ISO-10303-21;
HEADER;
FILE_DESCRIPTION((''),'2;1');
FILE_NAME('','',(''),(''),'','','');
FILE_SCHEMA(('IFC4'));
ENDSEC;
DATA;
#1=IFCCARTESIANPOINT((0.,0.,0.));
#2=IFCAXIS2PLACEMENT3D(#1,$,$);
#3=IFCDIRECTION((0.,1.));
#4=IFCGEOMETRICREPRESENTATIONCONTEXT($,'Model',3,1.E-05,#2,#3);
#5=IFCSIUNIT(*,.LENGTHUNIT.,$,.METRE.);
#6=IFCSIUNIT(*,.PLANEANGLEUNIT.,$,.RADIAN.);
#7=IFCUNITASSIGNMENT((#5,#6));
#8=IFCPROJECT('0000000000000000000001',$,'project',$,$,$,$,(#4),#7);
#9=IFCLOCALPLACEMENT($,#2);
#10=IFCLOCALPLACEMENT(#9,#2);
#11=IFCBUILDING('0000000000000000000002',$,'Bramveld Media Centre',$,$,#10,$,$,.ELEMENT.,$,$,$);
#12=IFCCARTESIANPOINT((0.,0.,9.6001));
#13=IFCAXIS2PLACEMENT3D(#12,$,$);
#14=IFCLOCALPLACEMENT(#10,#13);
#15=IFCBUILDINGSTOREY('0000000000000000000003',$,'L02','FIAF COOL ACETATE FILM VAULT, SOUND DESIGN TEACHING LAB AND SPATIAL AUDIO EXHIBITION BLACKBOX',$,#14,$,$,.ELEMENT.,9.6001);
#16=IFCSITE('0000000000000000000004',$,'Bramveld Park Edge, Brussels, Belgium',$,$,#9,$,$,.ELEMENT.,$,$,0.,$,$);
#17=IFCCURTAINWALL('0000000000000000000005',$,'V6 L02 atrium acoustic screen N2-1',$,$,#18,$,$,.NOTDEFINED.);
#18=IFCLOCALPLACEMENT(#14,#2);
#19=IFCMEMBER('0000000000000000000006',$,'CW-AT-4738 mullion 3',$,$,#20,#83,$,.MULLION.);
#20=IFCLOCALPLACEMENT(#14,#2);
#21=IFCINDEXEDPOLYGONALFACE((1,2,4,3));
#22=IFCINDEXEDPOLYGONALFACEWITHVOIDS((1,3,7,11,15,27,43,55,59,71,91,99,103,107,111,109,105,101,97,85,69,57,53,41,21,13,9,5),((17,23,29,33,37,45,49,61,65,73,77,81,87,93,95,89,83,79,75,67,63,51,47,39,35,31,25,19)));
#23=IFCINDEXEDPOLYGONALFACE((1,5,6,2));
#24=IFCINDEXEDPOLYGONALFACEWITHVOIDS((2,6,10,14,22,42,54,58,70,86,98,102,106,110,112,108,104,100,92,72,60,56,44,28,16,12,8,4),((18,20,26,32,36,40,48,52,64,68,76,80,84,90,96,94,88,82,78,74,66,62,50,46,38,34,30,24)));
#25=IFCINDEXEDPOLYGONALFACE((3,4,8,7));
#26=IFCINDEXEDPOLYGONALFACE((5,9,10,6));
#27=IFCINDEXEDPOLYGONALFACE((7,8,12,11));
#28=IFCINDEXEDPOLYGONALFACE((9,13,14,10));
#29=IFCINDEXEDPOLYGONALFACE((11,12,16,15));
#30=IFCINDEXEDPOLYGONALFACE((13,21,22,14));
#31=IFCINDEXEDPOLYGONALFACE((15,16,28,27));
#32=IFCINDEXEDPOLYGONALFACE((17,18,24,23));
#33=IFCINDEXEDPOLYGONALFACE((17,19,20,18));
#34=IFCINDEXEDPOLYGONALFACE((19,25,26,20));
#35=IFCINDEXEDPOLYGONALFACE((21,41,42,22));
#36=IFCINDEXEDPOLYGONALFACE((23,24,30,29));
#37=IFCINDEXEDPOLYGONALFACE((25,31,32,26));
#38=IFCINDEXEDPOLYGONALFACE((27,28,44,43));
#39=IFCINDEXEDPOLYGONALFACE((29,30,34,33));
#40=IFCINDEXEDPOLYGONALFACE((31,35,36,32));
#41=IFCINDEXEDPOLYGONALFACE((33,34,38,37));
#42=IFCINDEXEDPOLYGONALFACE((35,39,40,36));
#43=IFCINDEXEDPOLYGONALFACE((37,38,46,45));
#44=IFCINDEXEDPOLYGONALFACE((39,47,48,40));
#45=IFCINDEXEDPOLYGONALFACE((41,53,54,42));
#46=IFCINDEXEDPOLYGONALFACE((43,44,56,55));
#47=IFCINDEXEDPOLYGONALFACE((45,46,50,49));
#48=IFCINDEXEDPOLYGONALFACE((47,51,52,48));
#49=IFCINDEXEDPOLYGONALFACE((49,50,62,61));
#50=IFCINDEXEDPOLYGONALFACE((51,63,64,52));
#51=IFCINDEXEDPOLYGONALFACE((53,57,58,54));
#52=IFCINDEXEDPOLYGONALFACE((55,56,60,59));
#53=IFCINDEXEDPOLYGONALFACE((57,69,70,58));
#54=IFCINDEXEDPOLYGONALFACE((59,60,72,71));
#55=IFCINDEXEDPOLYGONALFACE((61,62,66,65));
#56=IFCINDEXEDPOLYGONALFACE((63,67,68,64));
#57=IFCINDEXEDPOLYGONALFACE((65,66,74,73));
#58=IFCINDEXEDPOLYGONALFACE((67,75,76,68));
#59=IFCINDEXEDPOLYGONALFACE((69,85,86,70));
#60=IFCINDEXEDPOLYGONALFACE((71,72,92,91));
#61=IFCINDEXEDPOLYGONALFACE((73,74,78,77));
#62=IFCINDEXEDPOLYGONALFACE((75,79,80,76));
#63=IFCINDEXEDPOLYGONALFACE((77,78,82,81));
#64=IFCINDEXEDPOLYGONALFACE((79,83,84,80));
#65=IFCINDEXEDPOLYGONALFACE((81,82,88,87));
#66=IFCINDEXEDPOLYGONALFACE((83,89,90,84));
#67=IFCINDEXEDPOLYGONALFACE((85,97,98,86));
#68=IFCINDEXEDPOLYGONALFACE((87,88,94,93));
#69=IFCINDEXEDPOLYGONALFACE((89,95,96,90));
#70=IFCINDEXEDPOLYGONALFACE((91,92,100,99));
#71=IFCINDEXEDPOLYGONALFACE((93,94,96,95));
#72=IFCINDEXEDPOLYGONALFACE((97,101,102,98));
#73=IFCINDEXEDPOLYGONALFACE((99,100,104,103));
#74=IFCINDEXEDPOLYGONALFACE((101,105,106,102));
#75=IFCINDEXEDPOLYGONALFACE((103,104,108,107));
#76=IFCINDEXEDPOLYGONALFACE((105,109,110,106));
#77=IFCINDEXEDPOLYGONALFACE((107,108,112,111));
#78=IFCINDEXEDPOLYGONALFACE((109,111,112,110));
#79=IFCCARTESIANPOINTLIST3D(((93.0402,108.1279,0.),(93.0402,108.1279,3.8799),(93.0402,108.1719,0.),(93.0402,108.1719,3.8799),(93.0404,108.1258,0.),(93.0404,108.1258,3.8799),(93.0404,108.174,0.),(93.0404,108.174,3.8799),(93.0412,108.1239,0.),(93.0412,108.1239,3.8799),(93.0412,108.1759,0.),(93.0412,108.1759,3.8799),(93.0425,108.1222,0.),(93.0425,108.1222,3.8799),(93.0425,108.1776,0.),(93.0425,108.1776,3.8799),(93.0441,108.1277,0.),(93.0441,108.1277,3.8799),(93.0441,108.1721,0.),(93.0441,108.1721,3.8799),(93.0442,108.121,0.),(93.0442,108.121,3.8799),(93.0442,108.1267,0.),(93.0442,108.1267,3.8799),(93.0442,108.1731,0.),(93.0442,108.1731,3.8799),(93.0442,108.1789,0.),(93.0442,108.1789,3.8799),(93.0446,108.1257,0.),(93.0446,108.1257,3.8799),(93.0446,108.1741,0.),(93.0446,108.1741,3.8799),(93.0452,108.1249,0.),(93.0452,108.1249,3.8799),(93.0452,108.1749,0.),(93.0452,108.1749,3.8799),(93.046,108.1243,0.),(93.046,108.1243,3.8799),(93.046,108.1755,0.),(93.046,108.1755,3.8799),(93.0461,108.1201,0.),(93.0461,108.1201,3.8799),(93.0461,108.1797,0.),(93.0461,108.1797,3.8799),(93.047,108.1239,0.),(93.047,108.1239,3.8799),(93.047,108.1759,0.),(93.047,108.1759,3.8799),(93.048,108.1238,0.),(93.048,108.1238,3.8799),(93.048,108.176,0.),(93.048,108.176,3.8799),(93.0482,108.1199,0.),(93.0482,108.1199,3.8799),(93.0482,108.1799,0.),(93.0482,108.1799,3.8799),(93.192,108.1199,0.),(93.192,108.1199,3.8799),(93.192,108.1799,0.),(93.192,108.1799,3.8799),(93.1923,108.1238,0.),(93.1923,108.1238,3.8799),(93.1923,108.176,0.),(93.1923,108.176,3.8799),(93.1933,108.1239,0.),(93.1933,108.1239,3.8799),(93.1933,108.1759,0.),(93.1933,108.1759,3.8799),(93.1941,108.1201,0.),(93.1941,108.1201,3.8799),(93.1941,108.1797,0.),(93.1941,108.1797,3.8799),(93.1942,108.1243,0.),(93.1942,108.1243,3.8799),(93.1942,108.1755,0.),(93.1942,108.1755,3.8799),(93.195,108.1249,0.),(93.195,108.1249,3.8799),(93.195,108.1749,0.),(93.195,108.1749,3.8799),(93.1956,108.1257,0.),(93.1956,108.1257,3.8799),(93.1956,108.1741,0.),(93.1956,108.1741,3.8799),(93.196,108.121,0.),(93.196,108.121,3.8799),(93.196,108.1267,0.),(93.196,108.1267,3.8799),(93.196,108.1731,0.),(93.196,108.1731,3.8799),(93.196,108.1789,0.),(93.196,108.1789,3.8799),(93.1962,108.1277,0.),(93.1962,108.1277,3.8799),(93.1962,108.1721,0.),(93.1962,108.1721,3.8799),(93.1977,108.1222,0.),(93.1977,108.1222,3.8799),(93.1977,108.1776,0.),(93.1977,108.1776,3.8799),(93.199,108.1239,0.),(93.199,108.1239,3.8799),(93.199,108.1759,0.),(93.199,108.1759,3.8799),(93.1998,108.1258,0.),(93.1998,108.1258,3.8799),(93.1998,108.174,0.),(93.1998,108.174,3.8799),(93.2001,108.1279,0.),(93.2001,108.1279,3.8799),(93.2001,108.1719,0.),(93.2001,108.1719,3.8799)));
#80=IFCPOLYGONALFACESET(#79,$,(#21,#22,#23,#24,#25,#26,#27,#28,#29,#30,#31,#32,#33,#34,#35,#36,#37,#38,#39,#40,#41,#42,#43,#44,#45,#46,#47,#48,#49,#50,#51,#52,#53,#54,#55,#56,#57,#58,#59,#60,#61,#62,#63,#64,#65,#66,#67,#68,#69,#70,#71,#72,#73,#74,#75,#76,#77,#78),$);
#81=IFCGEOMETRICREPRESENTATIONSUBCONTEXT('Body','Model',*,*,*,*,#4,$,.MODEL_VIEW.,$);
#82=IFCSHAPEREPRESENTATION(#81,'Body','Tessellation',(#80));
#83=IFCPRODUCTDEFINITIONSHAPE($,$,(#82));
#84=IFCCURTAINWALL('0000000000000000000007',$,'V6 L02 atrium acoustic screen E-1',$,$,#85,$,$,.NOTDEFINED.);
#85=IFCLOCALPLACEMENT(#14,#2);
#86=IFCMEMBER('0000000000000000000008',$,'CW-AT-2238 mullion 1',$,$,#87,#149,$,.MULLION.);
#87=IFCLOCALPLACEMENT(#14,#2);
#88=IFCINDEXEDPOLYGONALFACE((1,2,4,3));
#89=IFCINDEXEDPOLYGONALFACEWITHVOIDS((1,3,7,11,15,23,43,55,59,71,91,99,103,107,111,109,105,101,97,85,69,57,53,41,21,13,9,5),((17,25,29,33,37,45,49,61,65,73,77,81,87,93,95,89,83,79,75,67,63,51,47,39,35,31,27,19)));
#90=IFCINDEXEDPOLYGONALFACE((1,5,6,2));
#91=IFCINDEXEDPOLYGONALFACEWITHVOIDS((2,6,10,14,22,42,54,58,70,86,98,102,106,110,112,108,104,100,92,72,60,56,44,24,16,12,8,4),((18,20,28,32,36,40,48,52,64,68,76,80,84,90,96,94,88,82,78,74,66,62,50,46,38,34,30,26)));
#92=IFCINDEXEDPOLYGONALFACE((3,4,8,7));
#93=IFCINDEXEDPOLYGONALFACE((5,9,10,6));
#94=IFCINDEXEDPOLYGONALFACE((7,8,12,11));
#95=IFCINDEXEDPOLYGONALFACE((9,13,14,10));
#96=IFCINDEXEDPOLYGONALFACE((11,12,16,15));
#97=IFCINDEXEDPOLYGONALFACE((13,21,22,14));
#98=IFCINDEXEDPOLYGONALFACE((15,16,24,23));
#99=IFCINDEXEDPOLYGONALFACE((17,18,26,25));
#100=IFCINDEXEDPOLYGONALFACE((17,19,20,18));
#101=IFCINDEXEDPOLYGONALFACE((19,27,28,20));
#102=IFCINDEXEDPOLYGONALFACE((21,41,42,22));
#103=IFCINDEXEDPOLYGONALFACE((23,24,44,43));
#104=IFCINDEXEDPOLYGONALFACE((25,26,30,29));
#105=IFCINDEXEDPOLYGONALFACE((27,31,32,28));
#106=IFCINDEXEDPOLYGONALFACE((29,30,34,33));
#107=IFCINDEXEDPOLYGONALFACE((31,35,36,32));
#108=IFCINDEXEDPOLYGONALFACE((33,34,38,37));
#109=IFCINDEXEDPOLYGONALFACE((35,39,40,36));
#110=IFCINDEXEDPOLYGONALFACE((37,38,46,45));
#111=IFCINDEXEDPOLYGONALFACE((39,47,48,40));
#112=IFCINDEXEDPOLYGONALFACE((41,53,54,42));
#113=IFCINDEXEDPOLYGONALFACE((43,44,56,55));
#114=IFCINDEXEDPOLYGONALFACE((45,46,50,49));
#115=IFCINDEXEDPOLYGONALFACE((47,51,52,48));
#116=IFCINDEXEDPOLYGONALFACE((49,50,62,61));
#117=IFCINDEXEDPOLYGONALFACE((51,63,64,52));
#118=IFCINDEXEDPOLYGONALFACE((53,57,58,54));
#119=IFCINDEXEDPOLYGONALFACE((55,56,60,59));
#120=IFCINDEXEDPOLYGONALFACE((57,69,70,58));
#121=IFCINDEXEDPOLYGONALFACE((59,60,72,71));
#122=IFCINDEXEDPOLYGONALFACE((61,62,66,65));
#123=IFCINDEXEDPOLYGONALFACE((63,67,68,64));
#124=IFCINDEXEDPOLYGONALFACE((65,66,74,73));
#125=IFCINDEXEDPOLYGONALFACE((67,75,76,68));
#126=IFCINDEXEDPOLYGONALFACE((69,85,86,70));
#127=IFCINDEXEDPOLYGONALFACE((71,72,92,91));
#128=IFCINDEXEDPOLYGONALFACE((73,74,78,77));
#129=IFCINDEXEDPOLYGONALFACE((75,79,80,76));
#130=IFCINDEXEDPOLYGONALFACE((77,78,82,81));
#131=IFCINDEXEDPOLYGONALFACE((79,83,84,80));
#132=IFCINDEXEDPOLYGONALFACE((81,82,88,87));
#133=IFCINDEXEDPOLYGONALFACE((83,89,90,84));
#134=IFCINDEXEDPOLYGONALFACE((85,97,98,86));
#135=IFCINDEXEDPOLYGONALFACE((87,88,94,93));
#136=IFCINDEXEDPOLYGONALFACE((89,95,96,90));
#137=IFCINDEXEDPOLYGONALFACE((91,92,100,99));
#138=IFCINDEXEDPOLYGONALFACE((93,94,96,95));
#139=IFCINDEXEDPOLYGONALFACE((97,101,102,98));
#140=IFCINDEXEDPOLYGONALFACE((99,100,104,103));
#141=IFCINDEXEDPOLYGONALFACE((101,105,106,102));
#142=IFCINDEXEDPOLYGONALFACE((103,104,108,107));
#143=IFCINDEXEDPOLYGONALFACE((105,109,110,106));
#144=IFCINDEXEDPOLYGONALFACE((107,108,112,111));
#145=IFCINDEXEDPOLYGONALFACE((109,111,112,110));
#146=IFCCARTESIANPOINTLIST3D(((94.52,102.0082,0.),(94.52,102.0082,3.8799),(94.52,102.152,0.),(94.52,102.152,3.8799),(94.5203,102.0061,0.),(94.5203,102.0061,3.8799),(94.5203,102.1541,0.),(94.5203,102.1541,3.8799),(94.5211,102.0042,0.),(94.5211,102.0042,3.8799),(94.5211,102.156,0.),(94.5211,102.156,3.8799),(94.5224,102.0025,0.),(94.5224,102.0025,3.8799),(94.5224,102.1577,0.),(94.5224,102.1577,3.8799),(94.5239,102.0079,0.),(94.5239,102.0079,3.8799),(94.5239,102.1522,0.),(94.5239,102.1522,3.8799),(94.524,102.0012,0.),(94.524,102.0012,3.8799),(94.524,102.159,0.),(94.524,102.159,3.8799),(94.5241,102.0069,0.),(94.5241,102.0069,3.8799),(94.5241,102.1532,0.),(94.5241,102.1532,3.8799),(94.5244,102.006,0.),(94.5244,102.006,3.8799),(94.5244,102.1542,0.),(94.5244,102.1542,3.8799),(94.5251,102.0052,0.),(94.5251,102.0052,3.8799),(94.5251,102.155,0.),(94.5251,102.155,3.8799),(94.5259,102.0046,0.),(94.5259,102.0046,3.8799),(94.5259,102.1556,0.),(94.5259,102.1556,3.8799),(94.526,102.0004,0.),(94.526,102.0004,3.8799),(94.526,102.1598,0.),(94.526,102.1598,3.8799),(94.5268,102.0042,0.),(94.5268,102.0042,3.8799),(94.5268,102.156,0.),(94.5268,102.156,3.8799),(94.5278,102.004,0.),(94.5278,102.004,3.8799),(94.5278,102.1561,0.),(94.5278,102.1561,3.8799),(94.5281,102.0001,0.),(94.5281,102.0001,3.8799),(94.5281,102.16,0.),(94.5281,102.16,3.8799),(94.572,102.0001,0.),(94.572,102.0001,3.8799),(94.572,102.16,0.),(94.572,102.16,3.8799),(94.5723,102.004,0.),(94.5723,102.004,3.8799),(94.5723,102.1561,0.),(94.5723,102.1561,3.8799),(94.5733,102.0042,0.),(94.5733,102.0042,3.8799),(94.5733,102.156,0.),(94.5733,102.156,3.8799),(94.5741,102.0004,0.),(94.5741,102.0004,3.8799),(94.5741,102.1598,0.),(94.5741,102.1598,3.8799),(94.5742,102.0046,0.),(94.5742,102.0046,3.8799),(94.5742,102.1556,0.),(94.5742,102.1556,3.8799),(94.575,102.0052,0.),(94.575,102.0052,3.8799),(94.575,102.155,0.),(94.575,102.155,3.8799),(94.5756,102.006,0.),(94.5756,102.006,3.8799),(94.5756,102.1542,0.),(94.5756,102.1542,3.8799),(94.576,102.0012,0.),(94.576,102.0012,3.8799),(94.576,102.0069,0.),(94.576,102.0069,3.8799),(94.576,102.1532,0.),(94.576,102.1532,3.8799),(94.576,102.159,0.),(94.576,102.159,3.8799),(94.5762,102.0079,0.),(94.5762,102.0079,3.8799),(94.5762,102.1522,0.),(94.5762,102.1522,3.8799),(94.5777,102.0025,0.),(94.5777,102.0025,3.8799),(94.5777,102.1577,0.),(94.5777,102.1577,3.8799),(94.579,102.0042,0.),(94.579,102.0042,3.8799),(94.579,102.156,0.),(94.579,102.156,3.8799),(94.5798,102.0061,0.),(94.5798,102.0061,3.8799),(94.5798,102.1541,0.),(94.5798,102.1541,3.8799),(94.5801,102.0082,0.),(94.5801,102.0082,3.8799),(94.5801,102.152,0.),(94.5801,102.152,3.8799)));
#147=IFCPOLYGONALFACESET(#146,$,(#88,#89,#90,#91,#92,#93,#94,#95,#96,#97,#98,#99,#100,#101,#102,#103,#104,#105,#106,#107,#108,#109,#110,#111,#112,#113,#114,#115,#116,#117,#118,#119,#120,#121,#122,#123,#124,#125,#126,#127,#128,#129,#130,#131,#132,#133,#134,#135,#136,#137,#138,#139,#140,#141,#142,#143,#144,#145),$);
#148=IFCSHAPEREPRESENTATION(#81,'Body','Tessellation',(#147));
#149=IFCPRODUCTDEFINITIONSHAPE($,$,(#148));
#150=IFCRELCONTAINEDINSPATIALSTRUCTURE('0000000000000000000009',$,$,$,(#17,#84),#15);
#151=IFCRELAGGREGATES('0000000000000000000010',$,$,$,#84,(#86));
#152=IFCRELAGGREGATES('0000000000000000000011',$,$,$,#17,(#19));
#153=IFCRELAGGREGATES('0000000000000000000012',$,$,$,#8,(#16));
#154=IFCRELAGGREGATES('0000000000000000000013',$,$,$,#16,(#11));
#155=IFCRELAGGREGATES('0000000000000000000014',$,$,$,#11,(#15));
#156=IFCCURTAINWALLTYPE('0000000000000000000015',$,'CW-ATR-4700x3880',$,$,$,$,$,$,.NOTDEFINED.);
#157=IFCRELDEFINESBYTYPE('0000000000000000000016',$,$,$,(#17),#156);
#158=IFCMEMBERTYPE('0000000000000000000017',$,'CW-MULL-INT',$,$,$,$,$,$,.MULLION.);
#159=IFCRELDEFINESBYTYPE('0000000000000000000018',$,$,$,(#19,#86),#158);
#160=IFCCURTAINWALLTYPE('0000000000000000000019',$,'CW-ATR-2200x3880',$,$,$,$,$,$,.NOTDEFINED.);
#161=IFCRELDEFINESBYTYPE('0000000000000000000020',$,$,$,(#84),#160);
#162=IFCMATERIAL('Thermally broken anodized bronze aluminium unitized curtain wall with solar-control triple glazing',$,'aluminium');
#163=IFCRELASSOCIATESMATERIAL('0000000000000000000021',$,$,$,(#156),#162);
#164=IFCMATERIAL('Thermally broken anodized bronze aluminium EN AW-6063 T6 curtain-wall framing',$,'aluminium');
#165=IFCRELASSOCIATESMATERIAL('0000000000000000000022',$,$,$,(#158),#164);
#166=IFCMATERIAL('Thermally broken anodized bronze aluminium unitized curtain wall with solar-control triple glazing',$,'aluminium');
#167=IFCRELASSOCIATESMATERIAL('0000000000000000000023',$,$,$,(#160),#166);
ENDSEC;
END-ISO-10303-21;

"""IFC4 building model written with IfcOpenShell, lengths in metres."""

from ifc_helpers import new_model, si_unit, direction, frame, origin, origin_2d, place, context, subcontext, project, spatial, hollow_rectangle, extrude, material, material_profile, profile_set, type_object, element, aggregate, save


model = new_model("IFC4")

# Units and contexts
model_context = context("Model", 3, precision=1e-05, world=origin(), true_north=direction((0.0, 1.0)))
body_context = subcontext(model_context, "Body", "Model", "MODEL_VIEW")
ifc_project = project(units=[si_unit("LENGTHUNIT", "METRE"), si_unit("PLANEANGLEUNIT", "RADIAN")], contexts=[model_context])

# Site, building, storey
site_placement = place(None, origin())
site = spatial("IfcSite", under=ifc_project, at=site_placement, Name="Bramveld Park Edge, Brussels, Belgium", CompositionType="ELEMENT", RefElevation=0.0)
building_placement = place(site_placement, origin())
building = spatial("IfcBuilding", under=site, at=building_placement, Name="Bramveld Media Centre", CompositionType="ELEMENT")
storey_placement = place(building_placement, frame((0.0, 0.0, 9.6001)))
storey = spatial("IfcBuildingStorey", under=building, at=storey_placement, Name="L02", Description="FIAF COOL ACETATE FILM VAULT, SOUND DESIGN TEACHING LAB AND SPATIAL AUDIO EXHIBITION BLACKBOX", CompositionType="ELEMENT", Elevation=9.6001)

# Shared definitions
ifc_material_1 = material(Name="Thermally broken anodized bronze aluminium unitized curtain wall with solar-control triple glazing", Category="aluminium")
curtain_wall_type_1 = type_object("IfcCurtainWallType", Name="CW-ATR-4700x3880", PredefinedType="NOTDEFINED", material=ifc_material_1)
ifc_material_2 = material(Name="Thermally broken anodized bronze aluminium EN AW-6063 T6 curtain-wall framing", Category="aluminium")
ifc_material_profile_1 = material_profile(ifc_material_2, hollow_rectangle(XDim=0.0601, YDim=0.1599, WallThickness=0.0039, InnerFilletRadius=0.0039, OuterFilletRadius=0.0081, at=origin_2d()), Name="AL-MULL 60x160")
ifc_profile_set_1 = profile_set([ifc_material_profile_1], Name="Thermally broken anodized bronze aluminium EN AW-6063 T6 curtain-wall framing")
member_type_1 = type_object("IfcMemberType", Name="CW-MULL-INT", PredefinedType="MULLION", material=ifc_profile_set_1)

# Curtain wall, member
curtain_wall_1_placement = place(storey_placement, origin())
curtain_wall_1 = element("IfcCurtainWall", 1, at=curtain_wall_1_placement, inside=storey, type_object=curtain_wall_type_1, Name="V6 L02 atrium acoustic screen N2-1", PredefinedType="NOTDEFINED")
member_1_placement = place(storey_placement, frame((93.1201, 108.1499, 0.0), z_axis=(0.0, 0.0, 1.0), x_axis=(0.0, 1.0, 0.0)))
member_1 = element("IfcMember", 2, at=member_1_placement, type_object=member_type_1, Name="CW-AT-4738 mullion 3", PredefinedType="MULLION", context=body_context, shape_type="SweptSolid", body=[
    extrude(hollow_rectangle(XDim=0.0601, YDim=0.1599, WallThickness=0.0039, InnerFilletRadius=0.0039, OuterFilletRadius=0.0081, at=origin_2d()), origin(), (0.0, 0.0, 1.0), 3.8799),
])

# Curtain wall, member
ifc_material_3 = material(Name="Thermally broken anodized bronze aluminium unitized curtain wall with solar-control triple glazing", Category="aluminium")
curtain_wall_type_2 = type_object("IfcCurtainWallType", Name="CW-ATR-2200x3880", PredefinedType="NOTDEFINED", material=ifc_material_3)
curtain_wall_2_placement = place(storey_placement, origin())
curtain_wall_2 = element("IfcCurtainWall", 3, at=curtain_wall_2_placement, inside=storey, type_object=curtain_wall_type_2, Name="V6 L02 atrium acoustic screen E-1", PredefinedType="NOTDEFINED")
member_2_placement = place(storey_placement, frame((94.55, 102.0801, 0.0), z_axis=(0.0, 0.0, 1.0), x_axis=(-1.0, 0.0, 0.0)))
member_2 = element("IfcMember", 4, at=member_2_placement, type_object=member_type_1, Name="CW-AT-2238 mullion 1", PredefinedType="MULLION", context=body_context, shape_type="SweptSolid", body=[
    extrude(hollow_rectangle(XDim=0.0601, YDim=0.1599, WallThickness=0.0039, InnerFilletRadius=0.0039, OuterFilletRadius=0.0081, at=origin_2d()), origin(), (0.0, 0.0, 1.0), 3.8799),
])

aggregate(curtain_wall_2, [member_2])

aggregate(curtain_wall_1, [member_1])

save(model, "model.ifc")
